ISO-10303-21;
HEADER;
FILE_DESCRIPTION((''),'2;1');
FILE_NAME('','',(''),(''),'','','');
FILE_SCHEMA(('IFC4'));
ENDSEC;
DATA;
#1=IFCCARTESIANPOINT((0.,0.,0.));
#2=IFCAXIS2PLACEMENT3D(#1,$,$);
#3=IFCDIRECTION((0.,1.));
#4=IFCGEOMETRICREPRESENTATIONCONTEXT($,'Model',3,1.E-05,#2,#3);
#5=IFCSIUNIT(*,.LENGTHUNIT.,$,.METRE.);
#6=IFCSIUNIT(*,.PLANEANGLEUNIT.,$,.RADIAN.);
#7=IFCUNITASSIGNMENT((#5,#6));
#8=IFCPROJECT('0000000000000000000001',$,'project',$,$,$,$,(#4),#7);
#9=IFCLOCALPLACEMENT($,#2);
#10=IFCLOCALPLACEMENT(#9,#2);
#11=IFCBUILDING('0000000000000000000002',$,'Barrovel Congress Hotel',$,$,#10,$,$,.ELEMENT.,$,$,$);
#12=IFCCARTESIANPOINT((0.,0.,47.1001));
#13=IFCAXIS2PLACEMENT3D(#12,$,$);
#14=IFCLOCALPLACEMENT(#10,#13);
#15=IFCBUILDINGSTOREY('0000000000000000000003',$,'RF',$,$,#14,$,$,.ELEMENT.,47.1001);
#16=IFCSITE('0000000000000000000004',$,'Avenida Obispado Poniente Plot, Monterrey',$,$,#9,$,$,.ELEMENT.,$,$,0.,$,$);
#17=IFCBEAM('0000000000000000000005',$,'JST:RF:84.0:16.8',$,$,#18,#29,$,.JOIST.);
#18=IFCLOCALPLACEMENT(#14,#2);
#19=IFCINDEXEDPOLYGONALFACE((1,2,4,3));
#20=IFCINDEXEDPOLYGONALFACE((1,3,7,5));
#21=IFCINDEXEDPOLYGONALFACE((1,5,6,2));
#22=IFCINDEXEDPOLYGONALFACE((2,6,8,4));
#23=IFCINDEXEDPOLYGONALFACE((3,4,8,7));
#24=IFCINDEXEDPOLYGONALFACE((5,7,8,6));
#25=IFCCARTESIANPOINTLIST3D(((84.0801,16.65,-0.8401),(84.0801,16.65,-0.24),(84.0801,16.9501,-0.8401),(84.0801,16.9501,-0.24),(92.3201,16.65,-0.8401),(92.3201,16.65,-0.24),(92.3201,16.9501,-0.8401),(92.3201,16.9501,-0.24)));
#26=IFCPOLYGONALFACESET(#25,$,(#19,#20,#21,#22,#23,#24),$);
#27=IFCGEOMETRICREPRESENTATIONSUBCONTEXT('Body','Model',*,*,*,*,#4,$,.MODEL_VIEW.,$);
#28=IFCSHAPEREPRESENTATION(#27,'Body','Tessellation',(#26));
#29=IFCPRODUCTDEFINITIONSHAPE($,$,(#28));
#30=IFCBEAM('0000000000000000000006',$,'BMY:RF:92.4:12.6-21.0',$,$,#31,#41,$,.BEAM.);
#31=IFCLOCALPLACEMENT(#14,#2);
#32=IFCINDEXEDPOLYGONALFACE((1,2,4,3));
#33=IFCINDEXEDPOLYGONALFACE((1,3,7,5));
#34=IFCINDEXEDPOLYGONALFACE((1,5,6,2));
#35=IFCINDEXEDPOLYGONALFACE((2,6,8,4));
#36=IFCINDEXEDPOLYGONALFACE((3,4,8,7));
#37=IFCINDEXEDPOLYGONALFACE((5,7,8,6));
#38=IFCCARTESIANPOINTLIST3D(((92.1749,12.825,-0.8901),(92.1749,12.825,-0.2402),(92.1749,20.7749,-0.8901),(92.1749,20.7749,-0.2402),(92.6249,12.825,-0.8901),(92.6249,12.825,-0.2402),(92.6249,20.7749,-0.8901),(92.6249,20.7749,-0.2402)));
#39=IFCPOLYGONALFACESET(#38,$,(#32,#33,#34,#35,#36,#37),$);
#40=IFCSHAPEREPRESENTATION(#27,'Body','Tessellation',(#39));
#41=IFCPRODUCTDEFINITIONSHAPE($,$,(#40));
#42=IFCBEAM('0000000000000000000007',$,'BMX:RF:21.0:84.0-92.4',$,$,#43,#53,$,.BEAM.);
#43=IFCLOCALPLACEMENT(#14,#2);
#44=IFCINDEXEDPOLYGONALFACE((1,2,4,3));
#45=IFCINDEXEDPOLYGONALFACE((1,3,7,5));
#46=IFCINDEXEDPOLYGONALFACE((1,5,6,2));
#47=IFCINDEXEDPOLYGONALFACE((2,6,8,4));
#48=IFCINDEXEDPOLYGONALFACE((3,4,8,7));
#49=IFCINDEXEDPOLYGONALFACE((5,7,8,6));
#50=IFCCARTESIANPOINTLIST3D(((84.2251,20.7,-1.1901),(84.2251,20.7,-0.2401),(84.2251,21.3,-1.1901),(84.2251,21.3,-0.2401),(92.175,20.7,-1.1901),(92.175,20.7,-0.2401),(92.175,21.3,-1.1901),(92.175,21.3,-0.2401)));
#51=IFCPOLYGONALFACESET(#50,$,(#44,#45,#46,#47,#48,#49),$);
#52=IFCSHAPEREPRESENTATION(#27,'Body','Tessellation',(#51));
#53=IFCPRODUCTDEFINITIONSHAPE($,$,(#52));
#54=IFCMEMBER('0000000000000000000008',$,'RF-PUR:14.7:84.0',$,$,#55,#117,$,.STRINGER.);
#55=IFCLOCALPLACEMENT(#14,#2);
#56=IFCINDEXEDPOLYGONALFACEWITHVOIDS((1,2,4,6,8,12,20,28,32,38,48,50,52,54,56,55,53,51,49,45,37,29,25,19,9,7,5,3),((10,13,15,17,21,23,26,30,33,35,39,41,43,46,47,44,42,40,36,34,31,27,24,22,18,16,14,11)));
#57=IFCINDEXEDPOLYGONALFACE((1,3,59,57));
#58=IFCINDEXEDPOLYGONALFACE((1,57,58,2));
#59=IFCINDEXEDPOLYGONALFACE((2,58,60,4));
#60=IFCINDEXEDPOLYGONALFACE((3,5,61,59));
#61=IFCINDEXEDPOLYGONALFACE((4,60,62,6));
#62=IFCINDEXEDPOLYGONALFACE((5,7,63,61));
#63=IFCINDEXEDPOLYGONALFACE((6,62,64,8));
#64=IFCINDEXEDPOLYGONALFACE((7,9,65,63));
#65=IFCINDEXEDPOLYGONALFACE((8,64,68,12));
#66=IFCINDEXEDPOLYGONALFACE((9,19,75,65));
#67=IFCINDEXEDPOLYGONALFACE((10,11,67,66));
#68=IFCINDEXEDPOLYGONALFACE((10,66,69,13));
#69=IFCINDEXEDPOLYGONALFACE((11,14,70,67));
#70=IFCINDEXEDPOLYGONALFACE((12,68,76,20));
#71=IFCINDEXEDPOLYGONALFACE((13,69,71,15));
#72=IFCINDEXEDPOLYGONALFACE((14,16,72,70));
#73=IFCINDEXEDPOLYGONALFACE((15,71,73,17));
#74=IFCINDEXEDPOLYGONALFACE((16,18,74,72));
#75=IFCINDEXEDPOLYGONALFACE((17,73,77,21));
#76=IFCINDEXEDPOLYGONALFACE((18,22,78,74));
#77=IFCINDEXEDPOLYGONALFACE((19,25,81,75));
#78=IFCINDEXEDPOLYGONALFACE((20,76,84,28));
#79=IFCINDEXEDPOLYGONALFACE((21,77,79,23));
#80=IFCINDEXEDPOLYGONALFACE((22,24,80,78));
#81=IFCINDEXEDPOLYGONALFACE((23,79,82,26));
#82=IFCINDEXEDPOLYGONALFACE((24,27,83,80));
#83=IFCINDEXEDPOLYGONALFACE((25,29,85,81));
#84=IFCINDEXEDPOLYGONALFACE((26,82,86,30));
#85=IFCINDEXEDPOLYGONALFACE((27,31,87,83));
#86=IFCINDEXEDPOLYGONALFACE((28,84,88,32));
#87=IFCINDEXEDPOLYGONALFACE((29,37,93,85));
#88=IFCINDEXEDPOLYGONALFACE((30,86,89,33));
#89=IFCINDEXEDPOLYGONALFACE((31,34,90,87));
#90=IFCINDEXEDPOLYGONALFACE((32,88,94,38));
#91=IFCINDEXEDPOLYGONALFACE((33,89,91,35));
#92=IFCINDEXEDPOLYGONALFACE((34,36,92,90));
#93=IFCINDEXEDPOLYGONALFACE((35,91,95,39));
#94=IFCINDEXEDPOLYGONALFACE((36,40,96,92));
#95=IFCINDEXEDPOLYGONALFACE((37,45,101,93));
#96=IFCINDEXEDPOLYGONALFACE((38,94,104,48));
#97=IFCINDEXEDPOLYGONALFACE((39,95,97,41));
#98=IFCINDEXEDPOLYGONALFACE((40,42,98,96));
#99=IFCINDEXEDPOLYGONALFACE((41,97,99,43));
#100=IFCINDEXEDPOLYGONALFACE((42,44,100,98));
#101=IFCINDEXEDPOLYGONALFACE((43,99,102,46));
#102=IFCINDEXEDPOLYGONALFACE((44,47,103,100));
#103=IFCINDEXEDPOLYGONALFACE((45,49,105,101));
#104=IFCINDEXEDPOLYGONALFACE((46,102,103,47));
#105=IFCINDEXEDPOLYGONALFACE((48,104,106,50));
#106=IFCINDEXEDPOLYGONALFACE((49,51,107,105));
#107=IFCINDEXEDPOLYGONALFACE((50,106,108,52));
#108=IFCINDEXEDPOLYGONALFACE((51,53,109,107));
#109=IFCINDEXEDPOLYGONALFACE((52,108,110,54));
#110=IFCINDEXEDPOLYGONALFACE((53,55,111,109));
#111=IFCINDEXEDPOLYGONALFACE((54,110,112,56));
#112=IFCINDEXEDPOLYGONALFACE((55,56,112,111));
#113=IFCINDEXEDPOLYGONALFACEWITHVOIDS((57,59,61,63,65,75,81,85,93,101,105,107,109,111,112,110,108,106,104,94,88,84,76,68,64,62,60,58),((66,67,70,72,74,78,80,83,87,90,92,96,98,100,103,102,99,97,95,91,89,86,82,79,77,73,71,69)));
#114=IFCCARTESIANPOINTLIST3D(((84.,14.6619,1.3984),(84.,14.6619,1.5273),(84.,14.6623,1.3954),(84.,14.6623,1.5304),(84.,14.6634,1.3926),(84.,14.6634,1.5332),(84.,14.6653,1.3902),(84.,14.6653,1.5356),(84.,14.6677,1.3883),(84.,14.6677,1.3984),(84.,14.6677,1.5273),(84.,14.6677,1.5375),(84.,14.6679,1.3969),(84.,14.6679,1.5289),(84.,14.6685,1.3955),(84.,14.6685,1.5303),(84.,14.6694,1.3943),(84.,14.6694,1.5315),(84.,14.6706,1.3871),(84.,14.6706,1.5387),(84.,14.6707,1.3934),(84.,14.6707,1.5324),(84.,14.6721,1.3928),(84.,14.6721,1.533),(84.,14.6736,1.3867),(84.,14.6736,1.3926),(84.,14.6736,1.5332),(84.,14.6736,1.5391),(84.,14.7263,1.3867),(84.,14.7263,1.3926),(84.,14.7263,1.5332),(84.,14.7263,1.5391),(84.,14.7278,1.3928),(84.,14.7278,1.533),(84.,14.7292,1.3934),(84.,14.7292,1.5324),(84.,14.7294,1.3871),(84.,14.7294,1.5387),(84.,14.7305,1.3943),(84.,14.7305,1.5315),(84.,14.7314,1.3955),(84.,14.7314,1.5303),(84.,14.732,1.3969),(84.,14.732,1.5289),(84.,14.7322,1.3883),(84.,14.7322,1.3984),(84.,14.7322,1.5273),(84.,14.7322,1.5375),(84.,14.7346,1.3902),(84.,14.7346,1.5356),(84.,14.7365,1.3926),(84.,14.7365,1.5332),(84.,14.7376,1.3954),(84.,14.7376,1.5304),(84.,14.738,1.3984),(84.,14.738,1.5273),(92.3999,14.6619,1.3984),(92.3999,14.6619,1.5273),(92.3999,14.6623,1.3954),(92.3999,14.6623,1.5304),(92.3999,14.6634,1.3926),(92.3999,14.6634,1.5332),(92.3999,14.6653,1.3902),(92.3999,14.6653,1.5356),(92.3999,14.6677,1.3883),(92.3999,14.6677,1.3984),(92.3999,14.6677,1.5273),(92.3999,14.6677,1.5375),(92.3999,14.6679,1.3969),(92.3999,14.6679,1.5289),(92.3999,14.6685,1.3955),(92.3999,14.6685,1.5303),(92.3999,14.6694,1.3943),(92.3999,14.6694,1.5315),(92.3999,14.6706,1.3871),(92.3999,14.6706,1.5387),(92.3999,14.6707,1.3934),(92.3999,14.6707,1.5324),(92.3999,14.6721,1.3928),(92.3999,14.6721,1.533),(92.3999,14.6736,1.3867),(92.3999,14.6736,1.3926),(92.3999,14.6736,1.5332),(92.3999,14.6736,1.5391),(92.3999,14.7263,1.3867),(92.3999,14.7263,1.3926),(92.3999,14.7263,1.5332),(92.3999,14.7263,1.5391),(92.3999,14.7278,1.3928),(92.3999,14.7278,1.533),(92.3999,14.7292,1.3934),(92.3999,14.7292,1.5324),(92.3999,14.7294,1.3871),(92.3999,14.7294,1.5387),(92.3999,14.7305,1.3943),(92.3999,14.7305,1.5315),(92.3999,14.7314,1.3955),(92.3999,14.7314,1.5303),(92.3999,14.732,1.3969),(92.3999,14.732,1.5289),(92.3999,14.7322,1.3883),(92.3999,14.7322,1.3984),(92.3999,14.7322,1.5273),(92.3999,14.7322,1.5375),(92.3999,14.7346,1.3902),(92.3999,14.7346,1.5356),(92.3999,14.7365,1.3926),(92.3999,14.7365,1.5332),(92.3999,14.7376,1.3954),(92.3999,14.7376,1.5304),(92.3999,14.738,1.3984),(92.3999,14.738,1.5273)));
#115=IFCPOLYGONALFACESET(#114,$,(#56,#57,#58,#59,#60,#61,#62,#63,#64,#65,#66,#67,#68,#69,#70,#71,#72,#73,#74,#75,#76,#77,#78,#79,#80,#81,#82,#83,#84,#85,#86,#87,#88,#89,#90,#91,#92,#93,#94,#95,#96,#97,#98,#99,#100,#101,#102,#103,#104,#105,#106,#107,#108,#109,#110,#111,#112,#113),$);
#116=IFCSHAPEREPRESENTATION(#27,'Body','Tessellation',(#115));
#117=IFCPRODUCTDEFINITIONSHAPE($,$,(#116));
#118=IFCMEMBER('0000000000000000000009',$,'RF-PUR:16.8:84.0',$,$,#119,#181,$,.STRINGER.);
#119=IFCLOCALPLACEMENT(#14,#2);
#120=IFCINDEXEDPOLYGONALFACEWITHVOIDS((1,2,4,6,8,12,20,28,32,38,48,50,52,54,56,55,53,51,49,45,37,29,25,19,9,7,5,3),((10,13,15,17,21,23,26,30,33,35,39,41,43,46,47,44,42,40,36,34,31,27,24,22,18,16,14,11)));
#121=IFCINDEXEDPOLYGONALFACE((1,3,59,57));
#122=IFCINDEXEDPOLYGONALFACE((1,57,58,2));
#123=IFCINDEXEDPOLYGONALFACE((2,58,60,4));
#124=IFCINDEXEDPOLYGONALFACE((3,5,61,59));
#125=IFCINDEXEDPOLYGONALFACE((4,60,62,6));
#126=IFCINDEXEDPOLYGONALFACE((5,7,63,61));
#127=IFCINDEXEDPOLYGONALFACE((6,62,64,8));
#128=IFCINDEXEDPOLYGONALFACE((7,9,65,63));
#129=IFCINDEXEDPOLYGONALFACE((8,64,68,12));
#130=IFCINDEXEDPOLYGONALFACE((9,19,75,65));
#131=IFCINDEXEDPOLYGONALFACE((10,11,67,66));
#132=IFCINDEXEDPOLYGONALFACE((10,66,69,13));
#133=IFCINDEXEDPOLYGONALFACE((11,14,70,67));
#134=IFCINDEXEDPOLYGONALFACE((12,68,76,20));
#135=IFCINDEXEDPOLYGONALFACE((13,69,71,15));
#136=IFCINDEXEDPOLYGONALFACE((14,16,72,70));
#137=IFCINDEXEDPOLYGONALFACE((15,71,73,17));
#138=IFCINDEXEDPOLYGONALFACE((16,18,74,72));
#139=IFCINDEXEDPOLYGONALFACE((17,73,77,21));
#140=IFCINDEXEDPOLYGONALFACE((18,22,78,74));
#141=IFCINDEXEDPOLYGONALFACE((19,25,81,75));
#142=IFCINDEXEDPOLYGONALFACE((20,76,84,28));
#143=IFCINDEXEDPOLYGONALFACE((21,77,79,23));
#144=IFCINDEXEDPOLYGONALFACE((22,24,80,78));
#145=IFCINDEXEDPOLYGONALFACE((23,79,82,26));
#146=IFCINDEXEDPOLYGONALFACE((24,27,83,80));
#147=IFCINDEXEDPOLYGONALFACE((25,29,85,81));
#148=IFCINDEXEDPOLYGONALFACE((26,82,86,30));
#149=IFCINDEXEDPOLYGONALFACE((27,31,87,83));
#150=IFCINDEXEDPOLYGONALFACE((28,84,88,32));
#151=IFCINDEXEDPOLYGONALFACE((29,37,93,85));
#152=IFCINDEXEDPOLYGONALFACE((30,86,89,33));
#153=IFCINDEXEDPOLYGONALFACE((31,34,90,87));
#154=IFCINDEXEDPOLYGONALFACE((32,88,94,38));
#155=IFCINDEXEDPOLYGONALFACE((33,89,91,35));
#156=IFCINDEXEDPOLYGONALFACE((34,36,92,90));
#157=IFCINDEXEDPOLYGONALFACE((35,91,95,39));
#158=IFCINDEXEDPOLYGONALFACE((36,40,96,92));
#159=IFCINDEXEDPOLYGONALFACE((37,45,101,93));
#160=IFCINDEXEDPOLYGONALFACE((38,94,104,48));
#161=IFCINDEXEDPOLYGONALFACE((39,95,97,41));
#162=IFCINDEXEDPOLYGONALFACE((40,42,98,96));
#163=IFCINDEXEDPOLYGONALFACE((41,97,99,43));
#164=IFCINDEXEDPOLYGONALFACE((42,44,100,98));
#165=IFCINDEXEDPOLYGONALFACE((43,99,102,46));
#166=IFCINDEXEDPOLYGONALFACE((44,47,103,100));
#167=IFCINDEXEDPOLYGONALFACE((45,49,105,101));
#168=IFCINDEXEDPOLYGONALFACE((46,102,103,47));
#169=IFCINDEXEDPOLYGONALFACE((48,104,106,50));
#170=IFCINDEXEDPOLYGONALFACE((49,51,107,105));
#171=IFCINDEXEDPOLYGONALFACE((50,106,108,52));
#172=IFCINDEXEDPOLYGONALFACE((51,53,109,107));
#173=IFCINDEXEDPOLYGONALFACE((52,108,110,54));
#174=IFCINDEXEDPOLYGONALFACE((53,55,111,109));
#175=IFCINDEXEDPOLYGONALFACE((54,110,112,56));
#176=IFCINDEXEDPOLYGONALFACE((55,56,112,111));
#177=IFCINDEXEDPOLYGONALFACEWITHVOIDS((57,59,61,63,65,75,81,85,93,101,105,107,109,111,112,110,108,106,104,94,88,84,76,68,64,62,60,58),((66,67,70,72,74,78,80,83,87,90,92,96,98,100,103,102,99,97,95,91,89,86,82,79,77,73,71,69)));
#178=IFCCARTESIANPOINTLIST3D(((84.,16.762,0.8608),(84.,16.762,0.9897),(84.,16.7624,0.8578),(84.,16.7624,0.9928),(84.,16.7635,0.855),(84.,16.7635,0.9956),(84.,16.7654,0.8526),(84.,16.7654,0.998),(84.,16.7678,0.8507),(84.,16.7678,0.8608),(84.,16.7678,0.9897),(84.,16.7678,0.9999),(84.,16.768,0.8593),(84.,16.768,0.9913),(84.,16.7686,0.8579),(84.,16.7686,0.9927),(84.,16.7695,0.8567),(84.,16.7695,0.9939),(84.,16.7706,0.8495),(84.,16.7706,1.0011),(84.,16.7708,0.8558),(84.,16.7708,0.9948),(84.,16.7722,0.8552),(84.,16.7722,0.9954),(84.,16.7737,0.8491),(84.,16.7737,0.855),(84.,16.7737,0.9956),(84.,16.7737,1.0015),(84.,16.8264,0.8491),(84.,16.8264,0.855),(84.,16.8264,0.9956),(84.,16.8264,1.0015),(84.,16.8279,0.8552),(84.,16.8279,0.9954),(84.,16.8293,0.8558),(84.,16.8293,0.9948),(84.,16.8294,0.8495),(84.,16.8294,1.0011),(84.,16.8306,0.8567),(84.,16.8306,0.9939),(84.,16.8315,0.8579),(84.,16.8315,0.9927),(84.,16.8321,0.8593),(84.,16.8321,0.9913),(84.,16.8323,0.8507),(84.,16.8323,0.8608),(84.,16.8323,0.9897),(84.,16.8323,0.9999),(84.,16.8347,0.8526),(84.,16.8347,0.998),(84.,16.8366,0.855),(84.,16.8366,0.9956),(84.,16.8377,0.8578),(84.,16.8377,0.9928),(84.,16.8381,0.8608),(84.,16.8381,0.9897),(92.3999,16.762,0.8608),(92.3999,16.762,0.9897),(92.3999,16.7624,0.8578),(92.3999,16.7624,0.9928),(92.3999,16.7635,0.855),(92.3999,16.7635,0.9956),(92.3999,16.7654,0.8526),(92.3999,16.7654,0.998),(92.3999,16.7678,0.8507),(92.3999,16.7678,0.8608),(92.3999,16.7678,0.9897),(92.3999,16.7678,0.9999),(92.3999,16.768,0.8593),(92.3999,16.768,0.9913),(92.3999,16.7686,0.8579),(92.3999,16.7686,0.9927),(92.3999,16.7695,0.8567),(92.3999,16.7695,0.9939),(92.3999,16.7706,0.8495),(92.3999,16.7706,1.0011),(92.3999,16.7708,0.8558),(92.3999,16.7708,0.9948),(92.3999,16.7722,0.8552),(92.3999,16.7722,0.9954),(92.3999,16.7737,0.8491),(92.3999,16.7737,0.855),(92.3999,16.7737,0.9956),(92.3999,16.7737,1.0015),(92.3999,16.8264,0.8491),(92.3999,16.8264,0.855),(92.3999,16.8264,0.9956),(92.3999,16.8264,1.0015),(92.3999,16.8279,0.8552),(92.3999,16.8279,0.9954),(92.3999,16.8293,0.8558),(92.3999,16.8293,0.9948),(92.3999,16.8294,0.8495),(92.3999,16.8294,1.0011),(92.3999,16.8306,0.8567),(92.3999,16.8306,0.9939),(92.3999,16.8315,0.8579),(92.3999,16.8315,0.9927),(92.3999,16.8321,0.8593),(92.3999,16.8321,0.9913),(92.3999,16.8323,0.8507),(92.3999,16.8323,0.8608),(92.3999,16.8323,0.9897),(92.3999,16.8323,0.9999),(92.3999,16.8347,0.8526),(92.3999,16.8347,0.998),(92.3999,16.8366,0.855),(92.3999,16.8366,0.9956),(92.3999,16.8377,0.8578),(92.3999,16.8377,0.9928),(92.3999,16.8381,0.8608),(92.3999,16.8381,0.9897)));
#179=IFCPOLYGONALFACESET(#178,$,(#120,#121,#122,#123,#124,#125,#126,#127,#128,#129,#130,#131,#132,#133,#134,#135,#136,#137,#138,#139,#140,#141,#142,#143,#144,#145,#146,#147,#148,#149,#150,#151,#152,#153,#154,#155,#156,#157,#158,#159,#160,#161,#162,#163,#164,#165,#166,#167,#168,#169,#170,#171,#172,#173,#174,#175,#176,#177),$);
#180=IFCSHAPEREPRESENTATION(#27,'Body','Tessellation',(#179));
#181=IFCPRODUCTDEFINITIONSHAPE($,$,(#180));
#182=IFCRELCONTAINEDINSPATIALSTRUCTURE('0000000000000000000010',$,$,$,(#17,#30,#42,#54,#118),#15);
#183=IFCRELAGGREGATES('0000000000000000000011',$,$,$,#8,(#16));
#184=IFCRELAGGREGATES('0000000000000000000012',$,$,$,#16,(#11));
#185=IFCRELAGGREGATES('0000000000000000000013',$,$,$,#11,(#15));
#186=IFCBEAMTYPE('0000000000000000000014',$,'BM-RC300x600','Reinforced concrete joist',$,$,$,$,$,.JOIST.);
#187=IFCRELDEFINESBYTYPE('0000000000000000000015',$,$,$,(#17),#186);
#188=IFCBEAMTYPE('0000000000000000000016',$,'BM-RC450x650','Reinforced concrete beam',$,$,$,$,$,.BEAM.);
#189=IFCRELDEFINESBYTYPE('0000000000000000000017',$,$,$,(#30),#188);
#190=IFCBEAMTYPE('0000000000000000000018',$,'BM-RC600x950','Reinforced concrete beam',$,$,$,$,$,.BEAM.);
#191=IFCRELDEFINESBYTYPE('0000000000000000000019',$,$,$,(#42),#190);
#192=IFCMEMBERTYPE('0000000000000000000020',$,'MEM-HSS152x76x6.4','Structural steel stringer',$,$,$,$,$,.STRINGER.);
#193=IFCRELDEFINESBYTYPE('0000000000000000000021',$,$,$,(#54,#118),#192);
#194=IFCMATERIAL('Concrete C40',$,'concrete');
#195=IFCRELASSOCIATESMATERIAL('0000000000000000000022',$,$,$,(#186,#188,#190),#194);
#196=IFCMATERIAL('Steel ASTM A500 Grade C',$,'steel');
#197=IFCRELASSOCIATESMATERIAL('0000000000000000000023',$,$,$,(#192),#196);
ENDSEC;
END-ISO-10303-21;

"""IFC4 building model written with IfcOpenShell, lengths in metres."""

from ifc_helpers import new_model, si_unit, direction, frame, origin, origin_2d, place, context, subcontext, project, spatial, rectangle, hollow_rectangle, extrude, material, material_profile, profile_set, type_object, element, save


model = new_model("IFC4")

# Units and contexts
model_context = context("Model", 3, precision=1e-05, world=origin(), true_north=direction((0.0, 1.0)))
body_context = subcontext(model_context, "Body", "Model", "MODEL_VIEW")
ifc_project = project(units=[si_unit("LENGTHUNIT", "METRE"), si_unit("PLANEANGLEUNIT", "RADIAN")], contexts=[model_context])

# Site, building, storey
site_placement = place(None, origin())
site = spatial("IfcSite", under=ifc_project, at=site_placement, Name="Avenida Obispado Poniente Plot, Monterrey", CompositionType="ELEMENT", RefElevation=0.0)
building_placement = place(site_placement, origin())
building = spatial("IfcBuilding", under=site, at=building_placement, Name="Barrovel Congress Hotel", CompositionType="ELEMENT")
storey_placement = place(building_placement, frame((0.0, 0.0, 47.1001)))
storey = spatial("IfcBuildingStorey", under=building, at=storey_placement, Name="RF", CompositionType="ELEMENT", Elevation=47.1001)

# Beams
ifc_material_1 = material(Name="Concrete C40", Category="concrete")
ifc_material_profile_1 = material_profile(ifc_material_1, rectangle(XDim=0.3, YDim=0.6001, at=origin_2d()), Name="RC300x600")
ifc_profile_set_1 = profile_set([ifc_material_profile_1], Name="Concrete C40")
beam_type_1 = type_object("IfcBeamType", Name="BM-RC300x600", Description="Reinforced concrete joist", PredefinedType="JOIST", material=ifc_profile_set_1)
beam_1_placement = place(storey_placement, frame((84.0801, 16.8, -0.54), z_axis=(1.0, 0.0, 0.0), x_axis=(0.0, 1.0, 0.0)))
element("IfcBeam", 1, at=beam_1_placement, inside=storey, type_object=beam_type_1, Name="JST:RF:84.0:16.8", PredefinedType="JOIST", context=body_context, shape_type="SweptSolid", body=[
    extrude(rectangle(XDim=0.3, YDim=0.6001, at=origin_2d()), origin(), (0.0, 0.0, 1.0), 8.24),
])
ifc_material_profile_2 = material_profile(ifc_material_1, rectangle(XDim=0.45, YDim=0.6499, at=origin_2d()), Name="RC450x650")
ifc_profile_set_2 = profile_set([ifc_material_profile_2], Name="Concrete C40")
beam_type_2 = type_object("IfcBeamType", Name="BM-RC450x650", Description="Reinforced concrete beam", PredefinedType="BEAM", material=ifc_profile_set_2)
beam_2_placement = place(storey_placement, frame((92.3999, 12.825, -0.5652), z_axis=(0.0, 1.0, 0.0), x_axis=(-1.0, 0.0, 0.0)))
element("IfcBeam", 2, at=beam_2_placement, inside=storey, type_object=beam_type_2, Name="BMY:RF:92.4:12.6-21.0", PredefinedType="BEAM", context=body_context, shape_type="SweptSolid", body=[
    extrude(rectangle(XDim=0.45, YDim=0.6499, at=origin_2d()), origin(), (0.0, 0.0, 1.0), 7.95),
])
ifc_material_profile_3 = material_profile(ifc_material_1, rectangle(XDim=0.6001, YDim=0.95, at=origin_2d()), Name="RC600x950")
ifc_profile_set_3 = profile_set([ifc_material_profile_3], Name="Concrete C40")
beam_type_3 = type_object("IfcBeamType", Name="BM-RC600x950", Description="Reinforced concrete beam", PredefinedType="BEAM", material=ifc_profile_set_3)
beam_3_placement = place(storey_placement, frame((84.2251, 21.0, -0.7151), z_axis=(1.0, 0.0, 0.0), x_axis=(0.0, 1.0, 0.0)))
element("IfcBeam", 3, at=beam_3_placement, inside=storey, type_object=beam_type_3, Name="BMX:RF:21.0:84.0-92.4", PredefinedType="BEAM", context=body_context, shape_type="SweptSolid", body=[
    extrude(rectangle(XDim=0.6001, YDim=0.95, at=origin_2d()), origin(), (0.0, 0.0, 1.0), 7.95),
])

# Members
ifc_material_2 = material(Name="Steel ASTM A500 Grade C", Category="steel")
ifc_material_profile_4 = material_profile(ifc_material_2, hollow_rectangle(XDim=0.0762, YDim=0.1523, WallThickness=0.0059, InnerFilletRadius=0.0059, OuterFilletRadius=0.0117, at=origin_2d()), Name="HSS152x76x6.4")
ifc_profile_set_4 = profile_set([ifc_material_profile_4], Name="Steel ASTM A500 Grade C")
member_type = type_object("IfcMemberType", Name="MEM-HSS152x76x6.4", Description="Structural steel stringer", PredefinedType="STRINGER", material=ifc_profile_set_4)
for number, where, z_axis, x_axis, name in (
    (4, (84.0, 14.7, 1.4629), (1.0, 0.0, 0.0), (0.0, 1.0, 0.0), "RF-PUR:14.7:84.0"),
    (5, (84.0, 16.8, 0.9253), (1.0, 0.0, 0.0), (0.0, 1.0, 0.0), "RF-PUR:16.8:84.0"),
):
    element("IfcMember", number, at=place(storey_placement, frame(where, z_axis=z_axis, x_axis=x_axis)), inside=storey, type_object=member_type, Name=name, PredefinedType="STRINGER", context=body_context, shape_type="SweptSolid", body=[
        extrude(hollow_rectangle(XDim=0.0762, YDim=0.1523, WallThickness=0.0059, InnerFilletRadius=0.0059, OuterFilletRadius=0.0117, at=origin_2d()), origin(), (0.0, 0.0, 1.0), 8.3999),
    ])

save(model, "model.ifc")
